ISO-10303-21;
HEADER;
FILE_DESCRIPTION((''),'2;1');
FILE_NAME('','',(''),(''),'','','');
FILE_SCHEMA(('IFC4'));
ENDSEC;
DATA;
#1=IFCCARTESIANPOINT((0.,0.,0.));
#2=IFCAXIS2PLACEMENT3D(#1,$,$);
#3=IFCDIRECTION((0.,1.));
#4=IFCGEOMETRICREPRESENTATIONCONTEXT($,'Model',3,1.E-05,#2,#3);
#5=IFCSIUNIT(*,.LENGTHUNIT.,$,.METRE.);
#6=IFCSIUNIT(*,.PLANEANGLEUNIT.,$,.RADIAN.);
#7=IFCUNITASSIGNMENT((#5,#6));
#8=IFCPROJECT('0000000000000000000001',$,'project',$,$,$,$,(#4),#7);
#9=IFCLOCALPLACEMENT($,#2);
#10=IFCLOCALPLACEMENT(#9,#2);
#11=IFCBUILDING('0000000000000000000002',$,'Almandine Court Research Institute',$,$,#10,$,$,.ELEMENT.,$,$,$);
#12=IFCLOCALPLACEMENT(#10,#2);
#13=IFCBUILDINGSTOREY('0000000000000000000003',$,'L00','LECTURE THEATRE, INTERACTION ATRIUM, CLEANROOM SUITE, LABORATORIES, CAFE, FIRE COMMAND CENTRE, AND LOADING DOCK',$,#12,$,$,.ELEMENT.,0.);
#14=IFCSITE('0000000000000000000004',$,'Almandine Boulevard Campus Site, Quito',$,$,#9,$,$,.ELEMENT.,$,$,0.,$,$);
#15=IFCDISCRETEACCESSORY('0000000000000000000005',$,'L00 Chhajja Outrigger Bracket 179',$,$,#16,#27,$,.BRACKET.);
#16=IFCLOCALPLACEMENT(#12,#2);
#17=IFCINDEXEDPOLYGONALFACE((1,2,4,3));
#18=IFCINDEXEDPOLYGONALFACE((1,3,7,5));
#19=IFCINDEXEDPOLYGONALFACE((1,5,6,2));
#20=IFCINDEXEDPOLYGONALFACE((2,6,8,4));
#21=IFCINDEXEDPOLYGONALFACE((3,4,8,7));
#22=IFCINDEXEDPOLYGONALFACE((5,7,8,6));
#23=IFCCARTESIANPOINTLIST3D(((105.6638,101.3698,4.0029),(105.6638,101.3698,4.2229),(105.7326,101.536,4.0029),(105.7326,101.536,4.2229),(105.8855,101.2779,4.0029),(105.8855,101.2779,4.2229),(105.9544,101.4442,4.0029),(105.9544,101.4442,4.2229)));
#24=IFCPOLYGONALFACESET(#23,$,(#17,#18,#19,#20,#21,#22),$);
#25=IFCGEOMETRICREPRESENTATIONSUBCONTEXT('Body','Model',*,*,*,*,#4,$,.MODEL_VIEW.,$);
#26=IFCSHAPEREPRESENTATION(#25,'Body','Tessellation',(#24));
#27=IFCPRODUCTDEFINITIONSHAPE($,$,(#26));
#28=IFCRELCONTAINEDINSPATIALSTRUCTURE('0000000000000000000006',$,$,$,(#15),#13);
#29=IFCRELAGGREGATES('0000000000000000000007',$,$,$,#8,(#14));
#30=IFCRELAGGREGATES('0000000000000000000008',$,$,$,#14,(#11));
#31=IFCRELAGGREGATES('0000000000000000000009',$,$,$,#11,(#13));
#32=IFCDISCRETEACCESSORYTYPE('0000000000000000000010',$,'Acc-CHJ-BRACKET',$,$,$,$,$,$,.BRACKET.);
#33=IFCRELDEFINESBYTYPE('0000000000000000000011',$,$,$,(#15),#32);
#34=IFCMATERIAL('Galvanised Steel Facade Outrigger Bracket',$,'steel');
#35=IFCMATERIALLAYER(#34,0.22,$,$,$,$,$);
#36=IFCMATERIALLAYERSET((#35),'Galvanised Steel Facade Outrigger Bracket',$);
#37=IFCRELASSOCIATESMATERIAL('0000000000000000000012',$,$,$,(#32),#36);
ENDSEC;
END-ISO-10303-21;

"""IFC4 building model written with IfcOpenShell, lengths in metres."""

from ifc_helpers import new_model, si_unit, direction, frame, origin, origin_2d, place, context, subcontext, project, spatial, rectangle, extrude, material, layer, layer_set, type_object, element, save


model = new_model("IFC4")

# Units and contexts
model_context = context("Model", 3, precision=1e-05, world=origin(), true_north=direction((0.0, 1.0)))
body_context = subcontext(model_context, "Body", "Model", "MODEL_VIEW")
ifc_project = project(units=[si_unit("LENGTHUNIT", "METRE"), si_unit("PLANEANGLEUNIT", "RADIAN")], contexts=[model_context])

# Site, building, storey
site_placement = place(None, origin())
site = spatial("IfcSite", under=ifc_project, at=site_placement, Name="Almandine Boulevard Campus Site, Quito", CompositionType="ELEMENT", RefElevation=0.0)
building_placement = place(site_placement, origin())
building = spatial("IfcBuilding", under=site, at=building_placement, Name="Almandine Court Research Institute", CompositionType="ELEMENT")
storey_placement = place(building_placement, origin())
storey = spatial("IfcBuildingStorey", under=building, at=storey_placement, Name="L00", Description="LECTURE THEATRE, INTERACTION ATRIUM, CLEANROOM SUITE, LABORATORIES, CAFE, FIRE COMMAND CENTRE, AND LOADING DOCK", CompositionType="ELEMENT", Elevation=0.0)

# Discrete accessory
ifc_material_1 = material(Name="Galvanised Steel Facade Outrigger Bracket", Category="steel")
ifc_layer_1 = layer(ifc_material_1, 0.22)
ifc_layer_set_1 = layer_set([ifc_layer_1], Name="Galvanised Steel Facade Outrigger Bracket")
discrete_accessory_type = type_object("IfcDiscreteAccessoryType", Name="Acc-CHJ-BRACKET", PredefinedType="BRACKET", material=ifc_layer_set_1)
discrete_accessory_placement = place(storey_placement, frame((105.8091, 101.407, 4.0029), z_axis=(0.0, 0.0, 1.0), x_axis=(0.92388, -0.382683, 0.0)))
element("IfcDiscreteAccessory", 1, at=discrete_accessory_placement, inside=storey, type_object=discrete_accessory_type, Name="L00 Chhajja Outrigger Bracket 179", PredefinedType="BRACKET", context=body_context, shape_type="SweptSolid", body=[
    extrude(rectangle(XDim=0.24, YDim=0.1799, at=origin_2d()), origin(), (0.0, 0.0, 1.0), 0.22),
])

save(model, "model.ifc")
